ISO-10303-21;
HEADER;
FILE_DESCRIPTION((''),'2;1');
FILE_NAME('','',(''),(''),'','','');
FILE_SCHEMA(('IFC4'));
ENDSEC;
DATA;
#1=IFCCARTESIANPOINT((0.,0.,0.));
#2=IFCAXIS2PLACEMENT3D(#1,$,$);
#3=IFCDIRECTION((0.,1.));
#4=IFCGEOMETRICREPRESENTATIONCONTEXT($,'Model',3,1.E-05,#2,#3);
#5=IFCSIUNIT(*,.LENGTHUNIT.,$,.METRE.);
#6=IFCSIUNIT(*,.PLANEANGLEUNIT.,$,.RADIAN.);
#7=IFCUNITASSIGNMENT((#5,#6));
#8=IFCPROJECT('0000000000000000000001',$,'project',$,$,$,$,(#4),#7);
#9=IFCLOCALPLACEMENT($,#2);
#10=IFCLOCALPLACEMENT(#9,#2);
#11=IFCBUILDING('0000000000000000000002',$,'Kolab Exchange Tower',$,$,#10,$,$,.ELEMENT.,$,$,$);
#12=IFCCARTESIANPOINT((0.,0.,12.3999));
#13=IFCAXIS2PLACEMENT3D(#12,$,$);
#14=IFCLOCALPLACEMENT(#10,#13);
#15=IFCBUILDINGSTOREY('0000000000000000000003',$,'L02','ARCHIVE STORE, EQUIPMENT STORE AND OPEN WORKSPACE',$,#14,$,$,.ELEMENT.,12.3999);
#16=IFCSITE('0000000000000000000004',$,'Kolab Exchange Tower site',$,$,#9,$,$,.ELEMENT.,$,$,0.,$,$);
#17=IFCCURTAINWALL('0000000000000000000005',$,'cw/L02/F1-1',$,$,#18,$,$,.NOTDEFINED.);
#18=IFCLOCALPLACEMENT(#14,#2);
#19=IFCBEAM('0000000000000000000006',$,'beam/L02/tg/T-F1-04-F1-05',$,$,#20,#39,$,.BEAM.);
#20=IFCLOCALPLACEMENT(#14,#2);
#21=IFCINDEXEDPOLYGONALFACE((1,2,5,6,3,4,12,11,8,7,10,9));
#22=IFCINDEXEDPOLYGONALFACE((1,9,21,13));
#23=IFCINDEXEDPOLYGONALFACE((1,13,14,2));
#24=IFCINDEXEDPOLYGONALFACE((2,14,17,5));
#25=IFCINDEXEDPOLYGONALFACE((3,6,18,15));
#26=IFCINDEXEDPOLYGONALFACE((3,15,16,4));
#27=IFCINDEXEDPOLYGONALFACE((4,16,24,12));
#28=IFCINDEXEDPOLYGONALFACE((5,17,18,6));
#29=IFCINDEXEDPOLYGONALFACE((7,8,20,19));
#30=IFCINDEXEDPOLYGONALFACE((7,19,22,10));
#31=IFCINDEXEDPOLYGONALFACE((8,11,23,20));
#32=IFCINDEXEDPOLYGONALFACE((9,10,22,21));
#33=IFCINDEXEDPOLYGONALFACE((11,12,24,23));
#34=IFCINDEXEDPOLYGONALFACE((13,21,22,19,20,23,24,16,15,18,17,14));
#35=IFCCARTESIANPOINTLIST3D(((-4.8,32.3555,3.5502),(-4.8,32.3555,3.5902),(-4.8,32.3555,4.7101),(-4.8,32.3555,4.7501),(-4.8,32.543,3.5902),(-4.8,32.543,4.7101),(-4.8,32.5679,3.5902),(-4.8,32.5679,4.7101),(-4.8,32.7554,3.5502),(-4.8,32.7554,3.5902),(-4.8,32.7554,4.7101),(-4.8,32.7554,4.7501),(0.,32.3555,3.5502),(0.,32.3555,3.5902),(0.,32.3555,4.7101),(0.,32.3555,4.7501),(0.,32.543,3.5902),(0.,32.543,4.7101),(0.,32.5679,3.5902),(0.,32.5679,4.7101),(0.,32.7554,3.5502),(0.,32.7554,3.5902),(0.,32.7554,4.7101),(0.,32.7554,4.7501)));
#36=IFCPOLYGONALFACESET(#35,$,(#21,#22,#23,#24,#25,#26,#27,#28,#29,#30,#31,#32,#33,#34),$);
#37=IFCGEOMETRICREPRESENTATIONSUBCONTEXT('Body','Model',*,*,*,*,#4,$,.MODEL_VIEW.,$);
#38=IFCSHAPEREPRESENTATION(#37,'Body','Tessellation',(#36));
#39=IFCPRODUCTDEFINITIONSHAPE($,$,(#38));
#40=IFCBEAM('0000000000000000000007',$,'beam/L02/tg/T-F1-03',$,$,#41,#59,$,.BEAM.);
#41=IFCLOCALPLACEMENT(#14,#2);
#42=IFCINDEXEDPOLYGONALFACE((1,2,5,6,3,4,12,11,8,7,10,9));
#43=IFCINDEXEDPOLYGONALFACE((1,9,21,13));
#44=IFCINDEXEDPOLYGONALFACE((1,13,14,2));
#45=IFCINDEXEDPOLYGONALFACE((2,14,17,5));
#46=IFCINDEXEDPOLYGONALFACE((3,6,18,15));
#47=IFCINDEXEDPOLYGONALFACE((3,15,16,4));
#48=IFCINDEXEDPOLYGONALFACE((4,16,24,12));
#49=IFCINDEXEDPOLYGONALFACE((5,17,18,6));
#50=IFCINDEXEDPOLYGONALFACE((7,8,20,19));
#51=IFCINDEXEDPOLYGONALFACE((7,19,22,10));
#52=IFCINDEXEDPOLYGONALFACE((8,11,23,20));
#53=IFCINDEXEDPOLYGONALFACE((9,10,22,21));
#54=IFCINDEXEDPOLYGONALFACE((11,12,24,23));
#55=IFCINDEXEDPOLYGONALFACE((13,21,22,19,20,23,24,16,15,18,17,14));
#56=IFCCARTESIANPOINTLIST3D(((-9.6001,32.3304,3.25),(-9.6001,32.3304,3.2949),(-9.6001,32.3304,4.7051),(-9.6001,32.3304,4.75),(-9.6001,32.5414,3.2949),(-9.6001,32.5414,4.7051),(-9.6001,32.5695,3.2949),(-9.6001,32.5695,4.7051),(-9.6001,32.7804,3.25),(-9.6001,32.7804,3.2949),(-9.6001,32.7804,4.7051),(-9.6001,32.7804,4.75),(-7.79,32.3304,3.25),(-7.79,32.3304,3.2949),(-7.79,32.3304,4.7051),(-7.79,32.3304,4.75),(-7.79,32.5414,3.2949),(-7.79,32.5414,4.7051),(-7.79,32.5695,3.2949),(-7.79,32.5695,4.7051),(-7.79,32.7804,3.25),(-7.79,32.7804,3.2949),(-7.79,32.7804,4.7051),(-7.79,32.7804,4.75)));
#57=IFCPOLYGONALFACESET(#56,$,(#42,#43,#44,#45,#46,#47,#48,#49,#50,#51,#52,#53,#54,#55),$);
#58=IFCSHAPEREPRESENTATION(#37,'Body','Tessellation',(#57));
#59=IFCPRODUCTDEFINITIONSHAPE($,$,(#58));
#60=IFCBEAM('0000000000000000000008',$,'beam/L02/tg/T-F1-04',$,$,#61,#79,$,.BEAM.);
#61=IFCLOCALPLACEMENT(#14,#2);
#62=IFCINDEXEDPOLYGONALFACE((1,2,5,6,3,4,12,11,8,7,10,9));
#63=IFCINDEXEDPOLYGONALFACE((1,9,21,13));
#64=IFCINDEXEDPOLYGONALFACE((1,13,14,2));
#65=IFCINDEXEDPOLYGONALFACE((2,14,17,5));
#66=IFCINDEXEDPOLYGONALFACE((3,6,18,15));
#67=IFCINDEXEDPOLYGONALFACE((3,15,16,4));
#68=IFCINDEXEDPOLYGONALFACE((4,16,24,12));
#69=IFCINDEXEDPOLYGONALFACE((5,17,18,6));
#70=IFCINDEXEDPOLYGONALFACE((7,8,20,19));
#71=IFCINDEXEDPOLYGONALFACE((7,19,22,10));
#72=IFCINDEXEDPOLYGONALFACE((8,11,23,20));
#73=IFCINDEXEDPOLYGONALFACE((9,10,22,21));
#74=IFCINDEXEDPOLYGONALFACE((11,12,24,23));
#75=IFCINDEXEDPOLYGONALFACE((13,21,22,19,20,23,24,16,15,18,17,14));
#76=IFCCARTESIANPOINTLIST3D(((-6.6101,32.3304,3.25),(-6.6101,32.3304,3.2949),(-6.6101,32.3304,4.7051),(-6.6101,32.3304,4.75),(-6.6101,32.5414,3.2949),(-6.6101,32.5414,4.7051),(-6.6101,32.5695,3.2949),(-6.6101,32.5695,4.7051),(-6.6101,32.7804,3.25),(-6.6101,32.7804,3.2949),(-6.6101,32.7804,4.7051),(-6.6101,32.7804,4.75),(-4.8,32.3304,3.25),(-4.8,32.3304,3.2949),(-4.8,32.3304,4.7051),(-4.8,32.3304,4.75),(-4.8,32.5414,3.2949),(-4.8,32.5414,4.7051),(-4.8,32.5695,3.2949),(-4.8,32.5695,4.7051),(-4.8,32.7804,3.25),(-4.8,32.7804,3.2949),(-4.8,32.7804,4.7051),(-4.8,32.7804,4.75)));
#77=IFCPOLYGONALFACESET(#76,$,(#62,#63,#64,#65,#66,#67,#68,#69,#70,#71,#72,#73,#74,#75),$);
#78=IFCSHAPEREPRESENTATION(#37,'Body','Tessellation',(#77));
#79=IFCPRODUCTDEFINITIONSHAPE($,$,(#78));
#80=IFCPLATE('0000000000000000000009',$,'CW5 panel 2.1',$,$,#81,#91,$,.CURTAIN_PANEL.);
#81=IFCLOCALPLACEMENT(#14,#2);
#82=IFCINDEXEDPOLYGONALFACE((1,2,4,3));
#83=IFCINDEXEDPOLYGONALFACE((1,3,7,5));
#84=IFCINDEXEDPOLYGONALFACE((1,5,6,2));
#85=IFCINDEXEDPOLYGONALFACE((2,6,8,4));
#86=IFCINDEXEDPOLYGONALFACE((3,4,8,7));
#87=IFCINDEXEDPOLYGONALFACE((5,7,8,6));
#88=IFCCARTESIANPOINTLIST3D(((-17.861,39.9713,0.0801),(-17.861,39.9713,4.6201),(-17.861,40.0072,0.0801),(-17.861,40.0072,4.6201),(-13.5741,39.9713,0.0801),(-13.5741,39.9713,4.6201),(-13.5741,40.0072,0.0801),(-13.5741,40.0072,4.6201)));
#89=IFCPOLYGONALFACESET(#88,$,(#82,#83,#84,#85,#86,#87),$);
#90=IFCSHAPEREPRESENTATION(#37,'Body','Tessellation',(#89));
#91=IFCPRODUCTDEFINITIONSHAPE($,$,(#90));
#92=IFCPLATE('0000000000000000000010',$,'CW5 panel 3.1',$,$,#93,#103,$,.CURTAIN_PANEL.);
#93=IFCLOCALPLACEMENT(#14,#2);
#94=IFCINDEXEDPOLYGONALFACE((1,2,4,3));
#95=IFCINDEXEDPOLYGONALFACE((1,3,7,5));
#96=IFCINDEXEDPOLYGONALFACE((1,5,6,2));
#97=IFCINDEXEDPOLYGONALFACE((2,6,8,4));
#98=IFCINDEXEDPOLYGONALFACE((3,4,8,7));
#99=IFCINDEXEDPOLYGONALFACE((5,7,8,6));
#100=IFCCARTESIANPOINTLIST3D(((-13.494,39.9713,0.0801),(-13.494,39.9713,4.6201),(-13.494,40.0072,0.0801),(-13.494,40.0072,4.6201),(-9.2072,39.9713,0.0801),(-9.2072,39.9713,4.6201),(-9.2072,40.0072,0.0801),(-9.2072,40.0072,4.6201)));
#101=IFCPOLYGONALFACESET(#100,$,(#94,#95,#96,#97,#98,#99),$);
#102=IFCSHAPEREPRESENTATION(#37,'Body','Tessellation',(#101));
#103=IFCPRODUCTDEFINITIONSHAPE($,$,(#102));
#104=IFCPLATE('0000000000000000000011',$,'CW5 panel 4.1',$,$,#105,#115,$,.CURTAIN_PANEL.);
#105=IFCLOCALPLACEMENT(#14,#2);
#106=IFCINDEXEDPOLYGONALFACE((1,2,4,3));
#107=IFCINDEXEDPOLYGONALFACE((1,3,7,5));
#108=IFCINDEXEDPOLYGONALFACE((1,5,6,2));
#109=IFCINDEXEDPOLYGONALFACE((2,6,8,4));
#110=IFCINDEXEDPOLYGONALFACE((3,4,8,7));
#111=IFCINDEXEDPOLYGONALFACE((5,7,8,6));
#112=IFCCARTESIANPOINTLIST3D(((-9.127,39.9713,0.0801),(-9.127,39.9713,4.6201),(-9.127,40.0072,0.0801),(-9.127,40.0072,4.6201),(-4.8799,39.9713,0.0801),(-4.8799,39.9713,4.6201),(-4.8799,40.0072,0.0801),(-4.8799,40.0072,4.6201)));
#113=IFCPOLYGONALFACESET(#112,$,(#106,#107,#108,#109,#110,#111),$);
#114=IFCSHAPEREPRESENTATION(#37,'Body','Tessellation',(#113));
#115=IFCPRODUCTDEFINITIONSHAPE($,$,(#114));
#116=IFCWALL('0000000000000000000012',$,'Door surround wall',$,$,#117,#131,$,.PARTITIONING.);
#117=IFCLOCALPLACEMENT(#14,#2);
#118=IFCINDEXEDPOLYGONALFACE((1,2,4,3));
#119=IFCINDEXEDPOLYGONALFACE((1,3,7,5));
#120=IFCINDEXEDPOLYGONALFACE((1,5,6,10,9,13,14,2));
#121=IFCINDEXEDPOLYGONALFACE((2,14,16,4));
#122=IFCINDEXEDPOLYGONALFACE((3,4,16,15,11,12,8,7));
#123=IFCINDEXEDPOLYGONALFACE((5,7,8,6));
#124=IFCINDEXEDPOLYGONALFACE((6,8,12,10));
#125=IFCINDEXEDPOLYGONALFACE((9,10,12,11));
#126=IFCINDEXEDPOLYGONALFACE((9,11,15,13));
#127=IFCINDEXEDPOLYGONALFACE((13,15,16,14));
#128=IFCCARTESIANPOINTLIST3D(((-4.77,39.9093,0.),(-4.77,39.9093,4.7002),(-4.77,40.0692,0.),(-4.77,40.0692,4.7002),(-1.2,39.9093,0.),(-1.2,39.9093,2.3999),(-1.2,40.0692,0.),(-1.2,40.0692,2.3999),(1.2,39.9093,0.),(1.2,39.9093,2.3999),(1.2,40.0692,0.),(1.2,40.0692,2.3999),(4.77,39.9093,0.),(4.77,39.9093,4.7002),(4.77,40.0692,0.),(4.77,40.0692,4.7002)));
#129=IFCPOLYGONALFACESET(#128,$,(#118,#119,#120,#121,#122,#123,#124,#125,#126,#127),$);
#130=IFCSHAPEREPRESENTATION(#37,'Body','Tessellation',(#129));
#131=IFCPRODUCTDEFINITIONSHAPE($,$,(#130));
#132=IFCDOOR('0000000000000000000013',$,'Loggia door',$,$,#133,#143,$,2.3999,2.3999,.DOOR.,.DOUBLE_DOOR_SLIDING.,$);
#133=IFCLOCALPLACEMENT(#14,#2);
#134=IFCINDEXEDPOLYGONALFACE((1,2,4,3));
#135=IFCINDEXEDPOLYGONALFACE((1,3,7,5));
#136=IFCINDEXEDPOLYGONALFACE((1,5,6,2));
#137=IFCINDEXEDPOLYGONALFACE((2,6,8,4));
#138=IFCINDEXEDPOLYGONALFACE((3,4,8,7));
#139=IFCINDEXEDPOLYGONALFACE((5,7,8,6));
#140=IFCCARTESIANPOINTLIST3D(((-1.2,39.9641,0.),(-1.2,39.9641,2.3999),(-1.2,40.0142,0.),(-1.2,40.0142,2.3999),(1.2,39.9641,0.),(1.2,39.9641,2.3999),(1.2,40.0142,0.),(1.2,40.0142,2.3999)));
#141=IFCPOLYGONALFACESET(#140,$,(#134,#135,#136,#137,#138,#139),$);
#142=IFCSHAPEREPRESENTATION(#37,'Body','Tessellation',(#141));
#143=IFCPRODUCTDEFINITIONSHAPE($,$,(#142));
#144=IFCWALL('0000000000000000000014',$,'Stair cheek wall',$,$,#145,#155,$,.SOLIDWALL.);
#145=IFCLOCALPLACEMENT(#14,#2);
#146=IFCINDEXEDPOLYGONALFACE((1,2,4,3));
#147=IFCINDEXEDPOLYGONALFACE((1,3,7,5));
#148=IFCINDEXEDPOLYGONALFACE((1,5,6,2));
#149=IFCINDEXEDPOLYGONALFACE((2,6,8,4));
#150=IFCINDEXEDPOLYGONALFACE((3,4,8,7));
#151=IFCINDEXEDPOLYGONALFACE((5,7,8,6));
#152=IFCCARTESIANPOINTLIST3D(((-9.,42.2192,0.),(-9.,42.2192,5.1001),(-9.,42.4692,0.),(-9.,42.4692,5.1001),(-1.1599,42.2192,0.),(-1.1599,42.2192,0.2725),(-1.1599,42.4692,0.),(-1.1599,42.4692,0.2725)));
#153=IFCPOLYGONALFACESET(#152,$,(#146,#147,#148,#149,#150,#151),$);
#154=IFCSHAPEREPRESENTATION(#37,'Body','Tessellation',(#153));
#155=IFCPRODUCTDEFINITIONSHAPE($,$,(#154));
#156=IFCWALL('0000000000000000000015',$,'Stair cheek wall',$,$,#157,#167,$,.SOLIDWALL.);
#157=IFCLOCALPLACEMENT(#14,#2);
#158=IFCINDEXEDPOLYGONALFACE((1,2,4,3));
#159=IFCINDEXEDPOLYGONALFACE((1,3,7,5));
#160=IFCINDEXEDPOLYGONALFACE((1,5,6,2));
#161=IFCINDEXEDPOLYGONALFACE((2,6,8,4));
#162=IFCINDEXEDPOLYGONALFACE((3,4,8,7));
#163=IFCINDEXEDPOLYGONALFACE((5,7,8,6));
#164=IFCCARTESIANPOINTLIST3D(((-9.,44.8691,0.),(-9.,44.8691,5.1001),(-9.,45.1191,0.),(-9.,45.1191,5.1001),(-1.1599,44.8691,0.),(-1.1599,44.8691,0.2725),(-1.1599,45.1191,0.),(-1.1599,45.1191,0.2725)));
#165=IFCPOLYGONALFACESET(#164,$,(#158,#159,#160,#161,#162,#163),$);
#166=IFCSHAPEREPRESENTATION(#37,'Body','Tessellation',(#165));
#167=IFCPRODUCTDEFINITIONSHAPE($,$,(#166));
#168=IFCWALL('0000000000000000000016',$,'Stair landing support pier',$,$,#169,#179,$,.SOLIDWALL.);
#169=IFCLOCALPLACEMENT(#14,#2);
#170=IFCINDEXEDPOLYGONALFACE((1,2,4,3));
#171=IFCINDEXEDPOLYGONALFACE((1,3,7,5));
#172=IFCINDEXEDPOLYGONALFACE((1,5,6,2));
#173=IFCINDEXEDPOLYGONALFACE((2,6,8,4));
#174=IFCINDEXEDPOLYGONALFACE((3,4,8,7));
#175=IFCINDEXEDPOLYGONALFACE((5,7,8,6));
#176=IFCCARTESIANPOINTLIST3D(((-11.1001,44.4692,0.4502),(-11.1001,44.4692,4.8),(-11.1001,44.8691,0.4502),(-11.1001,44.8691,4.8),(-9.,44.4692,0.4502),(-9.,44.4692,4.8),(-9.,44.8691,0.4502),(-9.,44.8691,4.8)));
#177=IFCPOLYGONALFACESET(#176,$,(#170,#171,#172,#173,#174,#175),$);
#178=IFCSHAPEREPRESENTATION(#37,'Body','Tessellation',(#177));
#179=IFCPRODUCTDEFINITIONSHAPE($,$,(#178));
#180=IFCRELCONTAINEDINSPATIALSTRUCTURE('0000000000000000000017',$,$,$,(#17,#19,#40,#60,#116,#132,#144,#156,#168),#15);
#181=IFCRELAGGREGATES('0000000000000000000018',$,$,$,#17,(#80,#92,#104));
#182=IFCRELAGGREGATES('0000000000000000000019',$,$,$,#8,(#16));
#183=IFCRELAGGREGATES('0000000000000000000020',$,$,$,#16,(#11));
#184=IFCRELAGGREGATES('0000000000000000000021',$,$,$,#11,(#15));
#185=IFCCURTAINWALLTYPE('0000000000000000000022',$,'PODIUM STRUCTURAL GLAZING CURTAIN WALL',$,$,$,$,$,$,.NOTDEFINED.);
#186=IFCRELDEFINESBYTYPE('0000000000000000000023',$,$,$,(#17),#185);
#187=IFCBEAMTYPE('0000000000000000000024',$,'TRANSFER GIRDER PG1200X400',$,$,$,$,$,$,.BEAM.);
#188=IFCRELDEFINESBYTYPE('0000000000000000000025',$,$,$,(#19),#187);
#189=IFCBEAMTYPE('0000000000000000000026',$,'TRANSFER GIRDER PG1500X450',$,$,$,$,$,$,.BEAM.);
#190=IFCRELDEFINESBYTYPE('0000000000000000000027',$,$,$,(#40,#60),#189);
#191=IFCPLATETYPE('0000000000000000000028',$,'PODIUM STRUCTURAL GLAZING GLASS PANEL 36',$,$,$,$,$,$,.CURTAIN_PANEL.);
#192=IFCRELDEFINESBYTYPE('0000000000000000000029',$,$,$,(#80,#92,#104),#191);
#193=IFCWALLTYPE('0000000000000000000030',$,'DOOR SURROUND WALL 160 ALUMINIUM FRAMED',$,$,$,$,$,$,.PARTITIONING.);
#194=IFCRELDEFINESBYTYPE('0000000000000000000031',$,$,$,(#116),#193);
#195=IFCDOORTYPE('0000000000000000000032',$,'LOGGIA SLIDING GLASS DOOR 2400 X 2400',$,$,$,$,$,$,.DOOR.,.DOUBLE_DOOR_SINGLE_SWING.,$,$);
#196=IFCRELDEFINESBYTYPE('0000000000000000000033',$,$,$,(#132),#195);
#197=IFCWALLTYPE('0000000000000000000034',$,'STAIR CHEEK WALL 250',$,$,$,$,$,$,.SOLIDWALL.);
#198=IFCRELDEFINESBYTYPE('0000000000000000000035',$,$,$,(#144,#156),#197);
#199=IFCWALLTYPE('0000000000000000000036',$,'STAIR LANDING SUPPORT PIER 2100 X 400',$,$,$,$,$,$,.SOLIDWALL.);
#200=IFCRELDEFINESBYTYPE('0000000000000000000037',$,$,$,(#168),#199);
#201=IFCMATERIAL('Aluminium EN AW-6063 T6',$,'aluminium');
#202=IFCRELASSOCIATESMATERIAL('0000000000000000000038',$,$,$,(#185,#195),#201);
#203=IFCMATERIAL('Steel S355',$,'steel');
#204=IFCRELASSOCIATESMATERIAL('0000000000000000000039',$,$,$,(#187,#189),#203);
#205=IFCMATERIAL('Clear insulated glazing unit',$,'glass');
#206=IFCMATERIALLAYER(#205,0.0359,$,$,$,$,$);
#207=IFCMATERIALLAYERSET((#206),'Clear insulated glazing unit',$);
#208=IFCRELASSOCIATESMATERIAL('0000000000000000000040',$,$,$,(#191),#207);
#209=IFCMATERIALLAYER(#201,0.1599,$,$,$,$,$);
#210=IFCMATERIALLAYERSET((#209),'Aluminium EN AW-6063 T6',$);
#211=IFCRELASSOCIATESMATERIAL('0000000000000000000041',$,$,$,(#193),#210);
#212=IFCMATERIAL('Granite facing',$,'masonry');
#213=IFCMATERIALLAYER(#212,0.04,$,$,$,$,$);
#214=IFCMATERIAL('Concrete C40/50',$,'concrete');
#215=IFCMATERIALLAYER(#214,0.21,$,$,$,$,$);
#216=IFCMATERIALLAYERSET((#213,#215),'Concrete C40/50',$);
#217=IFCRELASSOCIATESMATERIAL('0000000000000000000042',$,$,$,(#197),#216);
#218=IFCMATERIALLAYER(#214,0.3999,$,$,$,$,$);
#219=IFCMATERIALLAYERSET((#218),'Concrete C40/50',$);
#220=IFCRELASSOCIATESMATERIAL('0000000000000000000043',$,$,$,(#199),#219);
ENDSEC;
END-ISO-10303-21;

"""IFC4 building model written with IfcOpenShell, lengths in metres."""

from ifc_helpers import new_model, si_unit, direction, frame, frame_2d, origin, origin_2d, place, context, subcontext, project, spatial, polyline, rectangle, i_section, outline, extrude, material, layer, layer_set, material_profile, profile_set, type_object, element, fill, aggregate, save


model = new_model("IFC4")

# Units and contexts
model_context = context("Model", 3, precision=1e-05, world=origin(), true_north=direction((0.0, 1.0)))
body_context = subcontext(model_context, "Body", "Model", "MODEL_VIEW")
ifc_project = project(units=[si_unit("LENGTHUNIT", "METRE"), si_unit("PLANEANGLEUNIT", "RADIAN")], contexts=[model_context])

# Site, building, storey
site_placement = place(None, origin())
site = spatial("IfcSite", under=ifc_project, at=site_placement, Name="Kolab Exchange Tower site", CompositionType="ELEMENT", RefElevation=0.0)
building_placement = place(site_placement, origin())
building = spatial("IfcBuilding", under=site, at=building_placement, Name="Kolab Exchange Tower", CompositionType="ELEMENT")
storey_placement = place(building_placement, frame((0.0, 0.0, 12.3999)))
storey = spatial("IfcBuildingStorey", under=building, at=storey_placement, Name="L02", Description="ARCHIVE STORE, EQUIPMENT STORE AND OPEN WORKSPACE", CompositionType="ELEMENT", Elevation=12.3999)

# Curtain wall
ifc_material_1 = material(Name="Aluminium EN AW-6063 T6", Category="aluminium")
curtain_wall_type = type_object("IfcCurtainWallType", Name="PODIUM STRUCTURAL GLAZING CURTAIN WALL", PredefinedType="NOTDEFINED", material=ifc_material_1)
curtain_wall_placement = place(storey_placement, origin())
curtain_wall = element("IfcCurtainWall", 1, at=curtain_wall_placement, inside=storey, type_object=curtain_wall_type, Name="cw/L02/F1-1", PredefinedType="NOTDEFINED")

# Beams
ifc_material_2 = material(Name="Steel S355", Category="steel")
ifc_material_profile_1 = material_profile(ifc_material_2, i_section(OverallWidth=0.3999, OverallDepth=1.2, WebThickness=0.0249, FlangeThickness=0.04, at=origin_2d()), Name="PG1200X400")
ifc_profile_set_1 = profile_set([ifc_material_profile_1], Name="Steel S355")
beam_type_1 = type_object("IfcBeamType", Name="TRANSFER GIRDER PG1200X400", PredefinedType="BEAM", material=ifc_profile_set_1)
beam_placement = place(storey_placement, frame((-4.8, 32.5554, 4.1501), z_axis=(1.0, 0.0, 0.0), x_axis=(0.0, 1.0, 0.0)))
element("IfcBeam", 2, at=beam_placement, inside=storey, type_object=beam_type_1, Name="beam/L02/tg/T-F1-04-F1-05", PredefinedType="BEAM", context=body_context, shape_type="SweptSolid", body=[
    extrude(i_section(OverallWidth=0.3999, OverallDepth=1.2, WebThickness=0.0249, FlangeThickness=0.04, at=origin_2d()), origin(), (0.0, 0.0, 1.0), 4.8),
])
ifc_material_profile_2 = material_profile(ifc_material_2, i_section(OverallWidth=0.45, OverallDepth=1.5, WebThickness=0.0281, FlangeThickness=0.0449, at=origin_2d()), Name="PG1500X450")
ifc_profile_set_2 = profile_set([ifc_material_profile_2], Name="Steel S355")
beam_type_2 = type_object("IfcBeamType", Name="TRANSFER GIRDER PG1500X450", PredefinedType="BEAM", material=ifc_profile_set_2)
for number, where, z_axis, x_axis, name in (
    (3, (-7.79, 32.5554, 4.0), (-1.0, 0.0, 0.0), (0.0, -1.0, 0.0), "beam/L02/tg/T-F1-03"),
    (4, (-6.6101, 32.5554, 4.0), (1.0, 0.0, 0.0), (0.0, 1.0, 0.0), "beam/L02/tg/T-F1-04"),
):
    element("IfcBeam", number, at=place(storey_placement, frame(where, z_axis=z_axis, x_axis=x_axis)), inside=storey, type_object=beam_type_2, Name=name, PredefinedType="BEAM", context=body_context, shape_type="SweptSolid", body=[
        extrude(i_section(OverallWidth=0.45, OverallDepth=1.5, WebThickness=0.0281, FlangeThickness=0.0449, at=origin_2d()), origin(), (0.0, 0.0, 1.0), 1.8101),
    ])

# Plates
ifc_material_3 = material(Name="Clear insulated glazing unit", Category="glass")
ifc_layer_1 = layer(ifc_material_3, 0.0359)
ifc_layer_set_1 = layer_set([ifc_layer_1], Name="Clear insulated glazing unit")
plate_type = type_object("IfcPlateType", Name="PODIUM STRUCTURAL GLAZING GLASS PANEL 36", PredefinedType="CURTAIN_PANEL", material=ifc_layer_set_1)
plate_1_placement = place(storey_placement, frame((-15.7175, 39.9893, 0.0801), z_axis=(0.0, 0.0, 1.0), x_axis=(1.0, 0.0, 0.0)))
plate_1 = element("IfcPlate", 5, at=plate_1_placement, type_object=plate_type, Name="CW5 panel 2.1", PredefinedType="CURTAIN_PANEL", context=body_context, shape_type="SweptSolid", body=[
    extrude(rectangle(XDim=4.2869, YDim=0.0359, at=origin_2d()), origin(), (0.0, 0.0, 1.0), 4.54),
])
plate_2_placement = place(storey_placement, frame((-11.3506, 39.9893, 0.0801), z_axis=(0.0, 0.0, 1.0), x_axis=(1.0, 0.0, 0.0)))
plate_2 = element("IfcPlate", 6, at=plate_2_placement, type_object=plate_type, Name="CW5 panel 3.1", PredefinedType="CURTAIN_PANEL", context=body_context, shape_type="SweptSolid", body=[
    extrude(rectangle(XDim=4.2869, YDim=0.0359, at=origin_2d()), origin(), (0.0, 0.0, 1.0), 4.54),
])
plate_3_placement = place(storey_placement, frame((-7.0034, 39.9893, 0.0801), z_axis=(0.0, 0.0, 1.0), x_axis=(1.0, 0.0, 0.0)))
plate_3 = element("IfcPlate", 7, at=plate_3_placement, type_object=plate_type, Name="CW5 panel 4.1", PredefinedType="CURTAIN_PANEL", context=body_context, shape_type="SweptSolid", body=[
    extrude(rectangle(XDim=4.2471, YDim=0.0359, at=origin_2d()), origin(), (0.0, 0.0, 1.0), 4.54),
])
aggregate(curtain_wall, [plate_1, plate_2, plate_3])

# Wall, opening, door
ifc_layer_2 = layer(ifc_material_1, 0.1599)
ifc_layer_set_2 = layer_set([ifc_layer_2], Name="Aluminium EN AW-6063 T6")
wall_type_1 = type_object("IfcWallType", Name="DOOR SURROUND WALL 160 ALUMINIUM FRAMED", PredefinedType="PARTITIONING", material=ifc_layer_set_2)
wall_1_placement = place(storey_placement, frame((-4.77, 39.9893, 0.0), z_axis=(0.0, 0.0, 1.0), x_axis=(1.0, 0.0, 0.0)))
wall_1 = element("IfcWall", 8, at=wall_1_placement, inside=storey, type_object=wall_type_1, Name="Door surround wall", PredefinedType="PARTITIONING", context=body_context, shape_type="SweptSolid", body=[
    extrude(rectangle(XDim=9.54, YDim=0.1599, at=frame_2d((4.77, 0.0))), origin(), (0.0, 0.0, 1.0), 4.7002),
])
opening_placement = place(wall_1_placement, frame((3.5701, 0.0, 0.0)))
opening = element("IfcOpeningElement", 9, at=opening_placement, cuts=wall_1, PredefinedType="OPENING", context=body_context, shape_type="SweptSolid", body=[
    extrude(rectangle(XDim=2.3999, YDim=2.3999, at=frame_2d((1.2, 1.2))), frame((0.0, 0.0898, 0.0), z_axis=(0.0, -1.0, 0.0), x_axis=(1.0, 0.0, 0.0)), (0.0, 0.0, 1.0), 0.1799),
])
door_type = type_object("IfcDoorType", Name="LOGGIA SLIDING GLASS DOOR 2400 X 2400", OperationType="DOUBLE_DOOR_SINGLE_SWING", PredefinedType="DOOR", material=ifc_material_1)
door_placement = place(opening_placement, origin())
door = element("IfcDoor", 10, at=door_placement, inside=storey, type_object=door_type, Name="Loggia door", OperationType="DOUBLE_DOOR_SLIDING", OverallHeight=2.3999, OverallWidth=2.3999, PredefinedType="DOOR", context=body_context, shape_type="SweptSolid", body=[
    extrude(rectangle(XDim=2.3999, YDim=2.3999, at=frame_2d((1.2, 1.2))), frame((0.0, 0.0249, 0.0), z_axis=(0.0, -1.0, 0.0), x_axis=(1.0, 0.0, 0.0)), (0.0, 0.0, 1.0), 0.05),
])
fill(opening, door)

# Walls
ifc_material_4 = material(Name="Granite facing", Category="masonry")
ifc_layer_3 = layer(ifc_material_4, 0.04)
ifc_material_5 = material(Name="Concrete C40/50", Category="concrete")
ifc_layer_4 = layer(ifc_material_5, 0.21)
ifc_layer_set_3 = layer_set([ifc_layer_3, ifc_layer_4], Name="Concrete C40/50")
wall_type_2 = type_object("IfcWallType", Name="STAIR CHEEK WALL 250", PredefinedType="SOLIDWALL", material=ifc_layer_set_3)
for number, where, z_axis, x_axis, name in (
    (11, (-1.1599, 42.3442, 0.0), (0.0, 0.0, 1.0), (-1.0, 0.0, 0.0), "Stair cheek wall"),
    (12, (-1.1599, 44.9941, 0.0), (0.0, 0.0, 1.0), (-1.0, 0.0, 0.0), "Stair cheek wall"),
):
    element("IfcWall", number, at=place(storey_placement, frame(where, z_axis=z_axis, x_axis=x_axis)), inside=storey, type_object=wall_type_2, Name=name, PredefinedType="SOLIDWALL", context=body_context, shape_type="SweptSolid", body=[
        extrude(outline(polyline([(0.0, 0.0), (7.8401, 0.0), (7.8401, 5.1001), (0.0, 0.2725), (0.0, 0.0)])), frame((0.0, 0.125, 0.0), z_axis=(0.0, -1.0, 0.0), x_axis=(1.0, 0.0, 0.0)), (0.0, 0.0, 1.0), 0.25),
    ])
ifc_layer_5 = layer(ifc_material_5, 0.3999)
ifc_layer_set_4 = layer_set([ifc_layer_5], Name="Concrete C40/50")
wall_type_3 = type_object("IfcWallType", Name="STAIR LANDING SUPPORT PIER 2100 X 400", PredefinedType="SOLIDWALL", material=ifc_layer_set_4)
for number, where, z_axis, x_axis, name in (
    (13, (-11.1001, 44.6692, 0.4502), (0.0, 0.0, 1.0), (1.0, 0.0, 0.0), "Stair landing support pier"),
):
    element("IfcWall", number, at=place(storey_placement, frame(where, z_axis=z_axis, x_axis=x_axis)), inside=storey, type_object=wall_type_3, Name=name, PredefinedType="SOLIDWALL", context=body_context, shape_type="SweptSolid", body=[
        extrude(rectangle(XDim=2.1001, YDim=0.3999, at=frame_2d((1.05, 0.0))), origin(), (0.0, 0.0, 1.0), 4.3499),
    ])

save(model, "model.ifc")
